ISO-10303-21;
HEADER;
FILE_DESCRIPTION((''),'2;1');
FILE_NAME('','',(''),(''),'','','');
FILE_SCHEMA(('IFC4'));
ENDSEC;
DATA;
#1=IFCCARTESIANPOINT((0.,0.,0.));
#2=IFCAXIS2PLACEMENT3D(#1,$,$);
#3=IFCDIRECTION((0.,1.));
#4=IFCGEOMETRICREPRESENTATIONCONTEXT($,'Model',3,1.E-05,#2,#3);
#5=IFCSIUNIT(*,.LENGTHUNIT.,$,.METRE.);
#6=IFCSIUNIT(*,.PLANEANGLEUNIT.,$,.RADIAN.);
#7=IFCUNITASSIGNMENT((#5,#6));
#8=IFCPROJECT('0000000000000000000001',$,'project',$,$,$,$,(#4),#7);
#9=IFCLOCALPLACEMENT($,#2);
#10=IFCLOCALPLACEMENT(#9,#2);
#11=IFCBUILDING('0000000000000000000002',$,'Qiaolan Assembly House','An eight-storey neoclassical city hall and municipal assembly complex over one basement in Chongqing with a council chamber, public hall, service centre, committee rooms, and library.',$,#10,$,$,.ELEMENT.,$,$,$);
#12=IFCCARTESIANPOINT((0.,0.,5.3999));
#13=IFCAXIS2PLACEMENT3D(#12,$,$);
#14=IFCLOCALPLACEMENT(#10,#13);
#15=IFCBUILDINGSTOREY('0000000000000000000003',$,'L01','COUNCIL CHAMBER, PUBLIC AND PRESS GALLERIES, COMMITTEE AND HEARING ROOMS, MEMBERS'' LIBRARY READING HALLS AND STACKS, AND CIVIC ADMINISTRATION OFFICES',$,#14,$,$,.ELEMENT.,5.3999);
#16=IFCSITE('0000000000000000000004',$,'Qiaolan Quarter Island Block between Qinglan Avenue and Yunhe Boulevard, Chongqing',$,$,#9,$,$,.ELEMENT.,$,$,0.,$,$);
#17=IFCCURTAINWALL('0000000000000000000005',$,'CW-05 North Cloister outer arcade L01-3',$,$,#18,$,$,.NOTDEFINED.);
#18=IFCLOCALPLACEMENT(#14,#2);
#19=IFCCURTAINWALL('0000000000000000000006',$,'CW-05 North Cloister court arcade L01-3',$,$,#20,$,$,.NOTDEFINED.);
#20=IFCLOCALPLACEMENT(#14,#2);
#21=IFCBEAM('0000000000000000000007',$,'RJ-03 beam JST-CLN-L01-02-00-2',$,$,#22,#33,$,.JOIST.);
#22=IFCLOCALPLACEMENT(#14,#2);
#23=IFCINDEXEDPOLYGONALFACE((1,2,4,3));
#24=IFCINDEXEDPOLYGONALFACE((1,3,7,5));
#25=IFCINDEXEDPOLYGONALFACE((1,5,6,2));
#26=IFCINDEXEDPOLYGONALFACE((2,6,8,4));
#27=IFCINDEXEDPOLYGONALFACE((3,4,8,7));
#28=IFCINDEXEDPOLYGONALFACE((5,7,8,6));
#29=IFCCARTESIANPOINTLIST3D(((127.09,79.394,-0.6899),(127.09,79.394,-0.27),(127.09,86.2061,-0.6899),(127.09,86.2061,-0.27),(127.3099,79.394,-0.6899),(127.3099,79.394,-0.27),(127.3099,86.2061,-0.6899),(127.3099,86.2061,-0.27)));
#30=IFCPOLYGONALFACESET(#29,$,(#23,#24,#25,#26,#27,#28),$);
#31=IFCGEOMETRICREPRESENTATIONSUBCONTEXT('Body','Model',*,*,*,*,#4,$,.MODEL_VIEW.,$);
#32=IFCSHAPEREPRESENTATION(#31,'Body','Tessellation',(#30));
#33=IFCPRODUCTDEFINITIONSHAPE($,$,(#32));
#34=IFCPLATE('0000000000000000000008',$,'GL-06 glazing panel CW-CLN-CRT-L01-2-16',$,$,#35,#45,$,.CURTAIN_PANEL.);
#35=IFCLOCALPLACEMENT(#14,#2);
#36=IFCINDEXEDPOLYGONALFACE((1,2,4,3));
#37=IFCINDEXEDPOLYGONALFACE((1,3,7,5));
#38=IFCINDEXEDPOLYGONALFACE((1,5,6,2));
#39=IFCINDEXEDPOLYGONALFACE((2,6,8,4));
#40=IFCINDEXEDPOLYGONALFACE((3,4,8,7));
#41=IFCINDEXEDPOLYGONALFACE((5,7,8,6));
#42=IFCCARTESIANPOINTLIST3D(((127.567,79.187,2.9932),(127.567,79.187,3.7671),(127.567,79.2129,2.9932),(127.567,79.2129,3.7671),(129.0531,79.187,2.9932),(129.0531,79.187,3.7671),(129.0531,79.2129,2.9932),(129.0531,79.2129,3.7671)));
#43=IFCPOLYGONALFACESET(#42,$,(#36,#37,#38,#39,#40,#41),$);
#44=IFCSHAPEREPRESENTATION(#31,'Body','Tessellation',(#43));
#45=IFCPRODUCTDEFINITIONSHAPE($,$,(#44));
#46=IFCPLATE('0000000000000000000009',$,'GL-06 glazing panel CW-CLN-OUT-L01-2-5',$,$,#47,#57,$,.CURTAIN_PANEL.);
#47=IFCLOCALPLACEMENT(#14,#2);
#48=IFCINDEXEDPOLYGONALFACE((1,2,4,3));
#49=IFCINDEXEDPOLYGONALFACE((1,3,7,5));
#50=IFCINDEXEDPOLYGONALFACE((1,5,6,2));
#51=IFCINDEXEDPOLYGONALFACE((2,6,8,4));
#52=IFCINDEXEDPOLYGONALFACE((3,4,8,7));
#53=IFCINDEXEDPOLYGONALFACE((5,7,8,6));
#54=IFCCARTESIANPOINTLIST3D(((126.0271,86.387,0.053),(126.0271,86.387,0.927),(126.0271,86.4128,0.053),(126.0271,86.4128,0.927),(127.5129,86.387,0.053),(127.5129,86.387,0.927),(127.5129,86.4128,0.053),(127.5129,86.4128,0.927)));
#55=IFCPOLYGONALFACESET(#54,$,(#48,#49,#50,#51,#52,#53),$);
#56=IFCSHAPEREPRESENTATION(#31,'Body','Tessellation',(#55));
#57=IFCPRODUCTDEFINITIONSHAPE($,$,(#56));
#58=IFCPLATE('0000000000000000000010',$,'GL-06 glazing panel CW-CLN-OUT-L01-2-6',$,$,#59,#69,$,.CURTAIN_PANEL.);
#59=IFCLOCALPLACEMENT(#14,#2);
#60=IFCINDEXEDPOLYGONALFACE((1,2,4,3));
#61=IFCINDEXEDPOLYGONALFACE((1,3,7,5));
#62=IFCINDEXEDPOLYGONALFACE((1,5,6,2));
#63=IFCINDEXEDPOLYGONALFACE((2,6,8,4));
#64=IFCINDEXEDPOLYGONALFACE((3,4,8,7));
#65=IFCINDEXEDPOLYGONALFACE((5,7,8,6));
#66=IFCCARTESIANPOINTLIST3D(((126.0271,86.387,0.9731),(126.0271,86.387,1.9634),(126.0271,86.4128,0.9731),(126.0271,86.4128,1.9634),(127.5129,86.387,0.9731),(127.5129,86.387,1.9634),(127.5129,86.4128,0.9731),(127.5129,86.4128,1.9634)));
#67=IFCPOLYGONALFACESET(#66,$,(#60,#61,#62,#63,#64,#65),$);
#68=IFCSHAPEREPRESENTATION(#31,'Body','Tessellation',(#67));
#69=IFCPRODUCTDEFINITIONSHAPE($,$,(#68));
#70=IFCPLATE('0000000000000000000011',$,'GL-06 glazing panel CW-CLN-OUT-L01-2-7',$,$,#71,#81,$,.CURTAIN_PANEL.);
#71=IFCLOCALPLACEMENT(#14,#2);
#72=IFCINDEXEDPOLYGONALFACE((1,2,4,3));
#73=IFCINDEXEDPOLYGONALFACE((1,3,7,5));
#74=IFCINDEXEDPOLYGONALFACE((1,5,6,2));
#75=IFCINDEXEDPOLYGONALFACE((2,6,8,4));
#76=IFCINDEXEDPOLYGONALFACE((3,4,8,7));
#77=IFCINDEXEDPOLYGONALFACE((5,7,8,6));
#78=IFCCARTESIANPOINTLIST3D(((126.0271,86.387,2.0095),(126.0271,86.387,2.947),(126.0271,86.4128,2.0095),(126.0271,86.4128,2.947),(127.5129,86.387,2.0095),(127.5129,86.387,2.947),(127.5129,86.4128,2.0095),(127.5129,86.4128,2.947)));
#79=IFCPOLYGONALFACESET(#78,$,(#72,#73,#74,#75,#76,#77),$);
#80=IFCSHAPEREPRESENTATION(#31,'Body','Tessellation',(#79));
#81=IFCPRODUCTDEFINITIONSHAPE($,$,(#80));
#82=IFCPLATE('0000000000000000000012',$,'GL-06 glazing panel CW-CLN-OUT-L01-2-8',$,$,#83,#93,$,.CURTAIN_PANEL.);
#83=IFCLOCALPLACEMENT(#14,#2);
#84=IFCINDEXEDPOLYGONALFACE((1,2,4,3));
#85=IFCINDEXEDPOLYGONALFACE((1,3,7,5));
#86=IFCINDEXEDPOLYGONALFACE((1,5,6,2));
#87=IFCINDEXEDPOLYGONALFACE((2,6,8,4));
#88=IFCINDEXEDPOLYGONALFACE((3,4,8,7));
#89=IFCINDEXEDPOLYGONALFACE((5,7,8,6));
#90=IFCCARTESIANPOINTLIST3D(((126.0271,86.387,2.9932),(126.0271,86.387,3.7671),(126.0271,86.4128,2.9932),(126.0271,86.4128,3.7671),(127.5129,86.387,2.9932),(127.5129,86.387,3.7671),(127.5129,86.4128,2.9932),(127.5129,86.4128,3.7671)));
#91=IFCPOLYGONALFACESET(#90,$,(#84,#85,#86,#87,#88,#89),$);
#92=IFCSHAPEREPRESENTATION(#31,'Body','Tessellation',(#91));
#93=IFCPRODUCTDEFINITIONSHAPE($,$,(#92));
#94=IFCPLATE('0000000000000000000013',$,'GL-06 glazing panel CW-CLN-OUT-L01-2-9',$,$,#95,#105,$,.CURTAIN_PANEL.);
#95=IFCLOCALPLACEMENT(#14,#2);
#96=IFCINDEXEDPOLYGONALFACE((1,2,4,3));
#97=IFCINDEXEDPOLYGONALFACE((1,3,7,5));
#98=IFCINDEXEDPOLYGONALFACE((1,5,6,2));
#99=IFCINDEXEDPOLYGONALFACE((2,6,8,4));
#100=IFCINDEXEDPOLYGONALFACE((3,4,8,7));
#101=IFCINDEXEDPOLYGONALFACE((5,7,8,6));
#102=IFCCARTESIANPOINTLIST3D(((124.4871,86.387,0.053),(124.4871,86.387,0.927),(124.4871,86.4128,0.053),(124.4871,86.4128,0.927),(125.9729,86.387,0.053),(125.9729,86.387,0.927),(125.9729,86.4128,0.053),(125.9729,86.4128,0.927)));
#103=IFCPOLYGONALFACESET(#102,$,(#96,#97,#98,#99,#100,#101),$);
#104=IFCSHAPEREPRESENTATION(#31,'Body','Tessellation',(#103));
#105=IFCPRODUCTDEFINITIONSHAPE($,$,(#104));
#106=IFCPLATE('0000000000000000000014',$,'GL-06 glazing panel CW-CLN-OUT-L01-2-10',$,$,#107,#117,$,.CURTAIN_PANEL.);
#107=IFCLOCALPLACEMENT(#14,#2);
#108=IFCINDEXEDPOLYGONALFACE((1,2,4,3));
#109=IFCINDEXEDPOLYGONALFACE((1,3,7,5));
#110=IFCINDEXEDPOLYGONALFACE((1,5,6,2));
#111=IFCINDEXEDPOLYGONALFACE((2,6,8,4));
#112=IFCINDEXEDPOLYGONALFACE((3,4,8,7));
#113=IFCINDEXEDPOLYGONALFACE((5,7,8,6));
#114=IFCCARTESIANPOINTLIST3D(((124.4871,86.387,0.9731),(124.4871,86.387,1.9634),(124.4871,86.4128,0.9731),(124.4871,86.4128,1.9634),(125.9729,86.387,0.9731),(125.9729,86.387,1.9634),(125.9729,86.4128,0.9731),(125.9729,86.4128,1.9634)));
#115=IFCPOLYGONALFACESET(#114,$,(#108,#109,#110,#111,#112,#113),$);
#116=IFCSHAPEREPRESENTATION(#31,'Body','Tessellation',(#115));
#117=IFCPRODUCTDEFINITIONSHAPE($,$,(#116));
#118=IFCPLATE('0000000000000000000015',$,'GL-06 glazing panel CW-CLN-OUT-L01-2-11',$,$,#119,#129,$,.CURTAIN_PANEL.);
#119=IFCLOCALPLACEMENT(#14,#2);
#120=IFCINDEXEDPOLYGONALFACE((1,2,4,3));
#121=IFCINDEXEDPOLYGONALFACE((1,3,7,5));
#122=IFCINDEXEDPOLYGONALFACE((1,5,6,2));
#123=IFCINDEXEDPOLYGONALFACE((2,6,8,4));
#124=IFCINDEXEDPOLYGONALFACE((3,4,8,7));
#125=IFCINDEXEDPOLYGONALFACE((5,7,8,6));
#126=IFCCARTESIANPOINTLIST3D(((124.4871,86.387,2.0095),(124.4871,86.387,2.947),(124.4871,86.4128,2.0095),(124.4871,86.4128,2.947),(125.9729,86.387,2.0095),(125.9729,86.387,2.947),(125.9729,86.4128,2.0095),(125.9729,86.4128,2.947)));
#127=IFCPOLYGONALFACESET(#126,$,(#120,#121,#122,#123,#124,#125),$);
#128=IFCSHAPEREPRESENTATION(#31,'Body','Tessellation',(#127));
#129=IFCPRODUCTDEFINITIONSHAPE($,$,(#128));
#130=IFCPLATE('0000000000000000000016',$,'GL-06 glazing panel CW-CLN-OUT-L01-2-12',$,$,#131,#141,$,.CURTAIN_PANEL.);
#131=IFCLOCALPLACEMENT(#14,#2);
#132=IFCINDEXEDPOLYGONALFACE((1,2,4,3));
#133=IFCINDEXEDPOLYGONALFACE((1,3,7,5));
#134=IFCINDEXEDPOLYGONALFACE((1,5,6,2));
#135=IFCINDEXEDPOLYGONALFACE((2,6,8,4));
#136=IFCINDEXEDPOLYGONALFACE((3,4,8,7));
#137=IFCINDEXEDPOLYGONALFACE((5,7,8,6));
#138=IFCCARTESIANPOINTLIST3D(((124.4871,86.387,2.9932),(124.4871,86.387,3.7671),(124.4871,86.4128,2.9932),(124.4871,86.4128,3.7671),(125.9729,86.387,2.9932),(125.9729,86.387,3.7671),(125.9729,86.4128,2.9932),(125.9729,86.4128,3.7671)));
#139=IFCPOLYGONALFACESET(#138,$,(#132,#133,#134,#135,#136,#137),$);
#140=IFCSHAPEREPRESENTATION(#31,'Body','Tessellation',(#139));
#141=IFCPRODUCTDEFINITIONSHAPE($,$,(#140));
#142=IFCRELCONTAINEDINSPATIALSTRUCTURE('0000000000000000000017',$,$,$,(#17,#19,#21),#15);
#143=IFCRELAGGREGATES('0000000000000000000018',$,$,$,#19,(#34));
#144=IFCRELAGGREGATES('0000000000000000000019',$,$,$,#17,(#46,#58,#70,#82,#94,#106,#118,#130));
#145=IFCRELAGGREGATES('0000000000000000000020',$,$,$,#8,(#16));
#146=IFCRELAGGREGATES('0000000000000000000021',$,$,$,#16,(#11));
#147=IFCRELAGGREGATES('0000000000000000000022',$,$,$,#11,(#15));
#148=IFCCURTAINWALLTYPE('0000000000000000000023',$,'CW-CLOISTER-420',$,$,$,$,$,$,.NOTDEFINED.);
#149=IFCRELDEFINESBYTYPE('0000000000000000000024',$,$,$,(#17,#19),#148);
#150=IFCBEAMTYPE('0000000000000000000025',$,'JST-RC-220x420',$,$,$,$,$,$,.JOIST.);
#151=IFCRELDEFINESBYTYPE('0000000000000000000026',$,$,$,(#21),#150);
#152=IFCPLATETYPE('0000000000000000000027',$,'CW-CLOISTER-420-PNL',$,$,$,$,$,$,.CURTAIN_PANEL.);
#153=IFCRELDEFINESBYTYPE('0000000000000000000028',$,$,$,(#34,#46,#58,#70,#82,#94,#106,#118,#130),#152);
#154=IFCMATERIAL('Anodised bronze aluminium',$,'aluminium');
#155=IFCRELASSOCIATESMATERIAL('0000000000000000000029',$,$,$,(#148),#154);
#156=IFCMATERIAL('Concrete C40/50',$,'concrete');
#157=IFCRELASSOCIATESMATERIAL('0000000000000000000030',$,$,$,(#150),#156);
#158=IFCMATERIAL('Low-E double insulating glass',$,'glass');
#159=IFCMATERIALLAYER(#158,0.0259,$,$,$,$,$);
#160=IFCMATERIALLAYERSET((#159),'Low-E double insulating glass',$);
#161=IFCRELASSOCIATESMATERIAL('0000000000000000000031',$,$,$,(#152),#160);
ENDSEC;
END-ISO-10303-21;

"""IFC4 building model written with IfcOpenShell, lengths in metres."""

from ifc_helpers import new_model, si_unit, direction, frame, frame_2d, origin, origin_2d, place, context, subcontext, project, spatial, rectangle, extrude, material, layer, layer_set, material_profile, profile_set, type_object, element, aggregate, save


model = new_model("IFC4")

# Units and contexts
model_context = context("Model", 3, precision=1e-05, world=origin(), true_north=direction((0.0, 1.0)))
body_context = subcontext(model_context, "Body", "Model", "MODEL_VIEW")
ifc_project = project(units=[si_unit("LENGTHUNIT", "METRE"), si_unit("PLANEANGLEUNIT", "RADIAN")], contexts=[model_context])

# Site, building, storey
site_placement = place(None, origin())
site = spatial("IfcSite", under=ifc_project, at=site_placement, Name="Qiaolan Quarter Island Block between Qinglan Avenue and Yunhe Boulevard, Chongqing", CompositionType="ELEMENT", RefElevation=0.0)
building_placement = place(site_placement, origin())
building = spatial("IfcBuilding", under=site, at=building_placement, Name="Qiaolan Assembly House", Description="An eight-storey neoclassical city hall and municipal assembly complex over one basement in Chongqing with a council chamber, public hall, service centre, committee rooms, and library.", CompositionType="ELEMENT")
storey_placement = place(building_placement, frame((0.0, 0.0, 5.3999)))
storey = spatial("IfcBuildingStorey", under=building, at=storey_placement, Name="L01", Description="COUNCIL CHAMBER, PUBLIC AND PRESS GALLERIES, COMMITTEE AND HEARING ROOMS, MEMBERS' LIBRARY READING HALLS AND STACKS, AND CIVIC ADMINISTRATION OFFICES", CompositionType="ELEMENT", Elevation=5.3999)

# Curtain wall
ifc_material_1 = material(Name="Anodised bronze aluminium", Category="aluminium")
curtain_wall_type = type_object("IfcCurtainWallType", Name="CW-CLOISTER-420", PredefinedType="NOTDEFINED", material=ifc_material_1)
curtain_wall_1_placement = place(storey_placement, origin())
curtain_wall_1 = element("IfcCurtainWall", 1, at=curtain_wall_1_placement, inside=storey, type_object=curtain_wall_type, Name="CW-05 North Cloister outer arcade L01-3", PredefinedType="NOTDEFINED")

# Curtain wall
curtain_wall_2_placement = place(storey_placement, origin())
curtain_wall_2 = element("IfcCurtainWall", 2, at=curtain_wall_2_placement, inside=storey, type_object=curtain_wall_type, Name="CW-05 North Cloister court arcade L01-3", PredefinedType="NOTDEFINED")

# Beam
ifc_material_2 = material(Name="Concrete C40/50", Category="concrete")
ifc_material_profile_1 = material_profile(ifc_material_2, rectangle(XDim=0.22, YDim=0.4199, at=origin_2d()), Name="RCB 220x420")
ifc_profile_set_1 = profile_set([ifc_material_profile_1], Name="Concrete C40/50")
beam_type = type_object("IfcBeamType", Name="JST-RC-220x420", PredefinedType="JOIST", material=ifc_profile_set_1)
for number, where, z_axis, x_axis, name in (
    (3, (127.2, 79.394, -0.48), (0.0, 1.0, 0.0), (-1.0, 0.0, 0.0), "RJ-03 beam JST-CLN-L01-02-00-2"),
):
    element("IfcBeam", number, at=place(storey_placement, frame(where, z_axis=z_axis, x_axis=x_axis)), inside=storey, type_object=beam_type, Name=name, PredefinedType="JOIST", context=body_context, shape_type="SweptSolid", body=[
        extrude(rectangle(XDim=0.22, YDim=0.4199, at=origin_2d()), origin(), (0.0, 0.0, 1.0), 6.812),
    ])

# Plates
ifc_material_3 = material(Name="Low-E double insulating glass", Category="glass")
ifc_layer = layer(ifc_material_3, 0.0259)
ifc_layer_set = layer_set([ifc_layer], Name="Low-E double insulating glass")
plate_type = type_object("IfcPlateType", Name="CW-CLOISTER-420-PNL", PredefinedType="CURTAIN_PANEL", material=ifc_layer_set)
plate_1_placement = place(storey_placement, frame((127.5669, 79.2, 2.9932), z_axis=(0.0, 0.0, 1.0), x_axis=(1.0, 0.0, 0.0)))
plate_1 = element("IfcPlate", 4, at=plate_1_placement, type_object=plate_type, Name="GL-06 glazing panel CW-CLN-CRT-L01-2-16", PredefinedType="CURTAIN_PANEL", context=body_context, shape_type="SweptSolid", body=[
    extrude(rectangle(XDim=1.4861, YDim=0.0259, at=frame_2d((0.7432, 0.0))), origin(), (0.0, 0.0, 1.0), 0.7739),
])
aggregate(curtain_wall_2, [plate_1])
plate_2_placement = place(storey_placement, frame((127.5129, 86.3999, 0.053), z_axis=(0.0, 0.0, 1.0), x_axis=(-1.0, 0.0, 0.0)))
plate_2 = element("IfcPlate", 5, at=plate_2_placement, type_object=plate_type, Name="GL-06 glazing panel CW-CLN-OUT-L01-2-5", PredefinedType="CURTAIN_PANEL", context=body_context, shape_type="SweptSolid", body=[
    extrude(rectangle(XDim=1.4858, YDim=0.0259, at=frame_2d((0.7429, 0.0))), origin(), (0.0, 0.0, 1.0), 0.874),
])
plate_3_placement = place(storey_placement, frame((127.5129, 86.3999, 0.9731), z_axis=(0.0, 0.0, 1.0), x_axis=(-1.0, 0.0, 0.0)))
plate_3 = element("IfcPlate", 6, at=plate_3_placement, type_object=plate_type, Name="GL-06 glazing panel CW-CLN-OUT-L01-2-6", PredefinedType="CURTAIN_PANEL", context=body_context, shape_type="SweptSolid", body=[
    extrude(rectangle(XDim=1.4858, YDim=0.0259, at=frame_2d((0.7429, 0.0))), origin(), (0.0, 0.0, 1.0), 0.9902),
])
plate_4_placement = place(storey_placement, frame((127.5129, 86.3999, 2.0095), z_axis=(0.0, 0.0, 1.0), x_axis=(-1.0, 0.0, 0.0)))
plate_4 = element("IfcPlate", 7, at=plate_4_placement, type_object=plate_type, Name="GL-06 glazing panel CW-CLN-OUT-L01-2-7", PredefinedType="CURTAIN_PANEL", context=body_context, shape_type="SweptSolid", body=[
    extrude(rectangle(XDim=1.4858, YDim=0.0259, at=frame_2d((0.7429, 0.0))), origin(), (0.0, 0.0, 1.0), 0.9375),
])
plate_5_placement = place(storey_placement, frame((127.5129, 86.3999, 2.9932), z_axis=(0.0, 0.0, 1.0), x_axis=(-1.0, 0.0, 0.0)))
plate_5 = element("IfcPlate", 8, at=plate_5_placement, type_object=plate_type, Name="GL-06 glazing panel CW-CLN-OUT-L01-2-8", PredefinedType="CURTAIN_PANEL", context=body_context, shape_type="SweptSolid", body=[
    extrude(rectangle(XDim=1.4858, YDim=0.0259, at=frame_2d((0.7429, 0.0))), origin(), (0.0, 0.0, 1.0), 0.7739),
])
plate_6_placement = place(storey_placement, frame((125.9729, 86.3999, 0.053), z_axis=(0.0, 0.0, 1.0), x_axis=(-1.0, 0.0, 0.0)))
plate_6 = element("IfcPlate", 9, at=plate_6_placement, type_object=plate_type, Name="GL-06 glazing panel CW-CLN-OUT-L01-2-9", PredefinedType="CURTAIN_PANEL", context=body_context, shape_type="SweptSolid", body=[
    extrude(rectangle(XDim=1.4858, YDim=0.0259, at=frame_2d((0.7429, 0.0))), origin(), (0.0, 0.0, 1.0), 0.874),
])
plate_7_placement = place(storey_placement, frame((125.9729, 86.3999, 0.9731), z_axis=(0.0, 0.0, 1.0), x_axis=(-1.0, 0.0, 0.0)))
plate_7 = element("IfcPlate", 10, at=plate_7_placement, type_object=plate_type, Name="GL-06 glazing panel CW-CLN-OUT-L01-2-10", PredefinedType="CURTAIN_PANEL", context=body_context, shape_type="SweptSolid", body=[
    extrude(rectangle(XDim=1.4858, YDim=0.0259, at=frame_2d((0.7429, 0.0))), origin(), (0.0, 0.0, 1.0), 0.9902),
])
plate_8_placement = place(storey_placement, frame((125.9729, 86.3999, 2.0095), z_axis=(0.0, 0.0, 1.0), x_axis=(-1.0, 0.0, 0.0)))
plate_8 = element("IfcPlate", 11, at=plate_8_placement, type_object=plate_type, Name="GL-06 glazing panel CW-CLN-OUT-L01-2-11", PredefinedType="CURTAIN_PANEL", context=body_context, shape_type="SweptSolid", body=[
    extrude(rectangle(XDim=1.4858, YDim=0.0259, at=frame_2d((0.7429, 0.0))), origin(), (0.0, 0.0, 1.0), 0.9375),
])
plate_9_placement = place(storey_placement, frame((125.9729, 86.3999, 2.9932), z_axis=(0.0, 0.0, 1.0), x_axis=(-1.0, 0.0, 0.0)))
plate_9 = element("IfcPlate", 12, at=plate_9_placement, type_object=plate_type, Name="GL-06 glazing panel CW-CLN-OUT-L01-2-12", PredefinedType="CURTAIN_PANEL", context=body_context, shape_type="SweptSolid", body=[
    extrude(rectangle(XDim=1.4858, YDim=0.0259, at=frame_2d((0.7429, 0.0))), origin(), (0.0, 0.0, 1.0), 0.7739),
])
aggregate(curtain_wall_1, [plate_2, plate_3, plate_4, plate_5, plate_6, plate_7, plate_8, plate_9])

save(model, "model.ifc")
